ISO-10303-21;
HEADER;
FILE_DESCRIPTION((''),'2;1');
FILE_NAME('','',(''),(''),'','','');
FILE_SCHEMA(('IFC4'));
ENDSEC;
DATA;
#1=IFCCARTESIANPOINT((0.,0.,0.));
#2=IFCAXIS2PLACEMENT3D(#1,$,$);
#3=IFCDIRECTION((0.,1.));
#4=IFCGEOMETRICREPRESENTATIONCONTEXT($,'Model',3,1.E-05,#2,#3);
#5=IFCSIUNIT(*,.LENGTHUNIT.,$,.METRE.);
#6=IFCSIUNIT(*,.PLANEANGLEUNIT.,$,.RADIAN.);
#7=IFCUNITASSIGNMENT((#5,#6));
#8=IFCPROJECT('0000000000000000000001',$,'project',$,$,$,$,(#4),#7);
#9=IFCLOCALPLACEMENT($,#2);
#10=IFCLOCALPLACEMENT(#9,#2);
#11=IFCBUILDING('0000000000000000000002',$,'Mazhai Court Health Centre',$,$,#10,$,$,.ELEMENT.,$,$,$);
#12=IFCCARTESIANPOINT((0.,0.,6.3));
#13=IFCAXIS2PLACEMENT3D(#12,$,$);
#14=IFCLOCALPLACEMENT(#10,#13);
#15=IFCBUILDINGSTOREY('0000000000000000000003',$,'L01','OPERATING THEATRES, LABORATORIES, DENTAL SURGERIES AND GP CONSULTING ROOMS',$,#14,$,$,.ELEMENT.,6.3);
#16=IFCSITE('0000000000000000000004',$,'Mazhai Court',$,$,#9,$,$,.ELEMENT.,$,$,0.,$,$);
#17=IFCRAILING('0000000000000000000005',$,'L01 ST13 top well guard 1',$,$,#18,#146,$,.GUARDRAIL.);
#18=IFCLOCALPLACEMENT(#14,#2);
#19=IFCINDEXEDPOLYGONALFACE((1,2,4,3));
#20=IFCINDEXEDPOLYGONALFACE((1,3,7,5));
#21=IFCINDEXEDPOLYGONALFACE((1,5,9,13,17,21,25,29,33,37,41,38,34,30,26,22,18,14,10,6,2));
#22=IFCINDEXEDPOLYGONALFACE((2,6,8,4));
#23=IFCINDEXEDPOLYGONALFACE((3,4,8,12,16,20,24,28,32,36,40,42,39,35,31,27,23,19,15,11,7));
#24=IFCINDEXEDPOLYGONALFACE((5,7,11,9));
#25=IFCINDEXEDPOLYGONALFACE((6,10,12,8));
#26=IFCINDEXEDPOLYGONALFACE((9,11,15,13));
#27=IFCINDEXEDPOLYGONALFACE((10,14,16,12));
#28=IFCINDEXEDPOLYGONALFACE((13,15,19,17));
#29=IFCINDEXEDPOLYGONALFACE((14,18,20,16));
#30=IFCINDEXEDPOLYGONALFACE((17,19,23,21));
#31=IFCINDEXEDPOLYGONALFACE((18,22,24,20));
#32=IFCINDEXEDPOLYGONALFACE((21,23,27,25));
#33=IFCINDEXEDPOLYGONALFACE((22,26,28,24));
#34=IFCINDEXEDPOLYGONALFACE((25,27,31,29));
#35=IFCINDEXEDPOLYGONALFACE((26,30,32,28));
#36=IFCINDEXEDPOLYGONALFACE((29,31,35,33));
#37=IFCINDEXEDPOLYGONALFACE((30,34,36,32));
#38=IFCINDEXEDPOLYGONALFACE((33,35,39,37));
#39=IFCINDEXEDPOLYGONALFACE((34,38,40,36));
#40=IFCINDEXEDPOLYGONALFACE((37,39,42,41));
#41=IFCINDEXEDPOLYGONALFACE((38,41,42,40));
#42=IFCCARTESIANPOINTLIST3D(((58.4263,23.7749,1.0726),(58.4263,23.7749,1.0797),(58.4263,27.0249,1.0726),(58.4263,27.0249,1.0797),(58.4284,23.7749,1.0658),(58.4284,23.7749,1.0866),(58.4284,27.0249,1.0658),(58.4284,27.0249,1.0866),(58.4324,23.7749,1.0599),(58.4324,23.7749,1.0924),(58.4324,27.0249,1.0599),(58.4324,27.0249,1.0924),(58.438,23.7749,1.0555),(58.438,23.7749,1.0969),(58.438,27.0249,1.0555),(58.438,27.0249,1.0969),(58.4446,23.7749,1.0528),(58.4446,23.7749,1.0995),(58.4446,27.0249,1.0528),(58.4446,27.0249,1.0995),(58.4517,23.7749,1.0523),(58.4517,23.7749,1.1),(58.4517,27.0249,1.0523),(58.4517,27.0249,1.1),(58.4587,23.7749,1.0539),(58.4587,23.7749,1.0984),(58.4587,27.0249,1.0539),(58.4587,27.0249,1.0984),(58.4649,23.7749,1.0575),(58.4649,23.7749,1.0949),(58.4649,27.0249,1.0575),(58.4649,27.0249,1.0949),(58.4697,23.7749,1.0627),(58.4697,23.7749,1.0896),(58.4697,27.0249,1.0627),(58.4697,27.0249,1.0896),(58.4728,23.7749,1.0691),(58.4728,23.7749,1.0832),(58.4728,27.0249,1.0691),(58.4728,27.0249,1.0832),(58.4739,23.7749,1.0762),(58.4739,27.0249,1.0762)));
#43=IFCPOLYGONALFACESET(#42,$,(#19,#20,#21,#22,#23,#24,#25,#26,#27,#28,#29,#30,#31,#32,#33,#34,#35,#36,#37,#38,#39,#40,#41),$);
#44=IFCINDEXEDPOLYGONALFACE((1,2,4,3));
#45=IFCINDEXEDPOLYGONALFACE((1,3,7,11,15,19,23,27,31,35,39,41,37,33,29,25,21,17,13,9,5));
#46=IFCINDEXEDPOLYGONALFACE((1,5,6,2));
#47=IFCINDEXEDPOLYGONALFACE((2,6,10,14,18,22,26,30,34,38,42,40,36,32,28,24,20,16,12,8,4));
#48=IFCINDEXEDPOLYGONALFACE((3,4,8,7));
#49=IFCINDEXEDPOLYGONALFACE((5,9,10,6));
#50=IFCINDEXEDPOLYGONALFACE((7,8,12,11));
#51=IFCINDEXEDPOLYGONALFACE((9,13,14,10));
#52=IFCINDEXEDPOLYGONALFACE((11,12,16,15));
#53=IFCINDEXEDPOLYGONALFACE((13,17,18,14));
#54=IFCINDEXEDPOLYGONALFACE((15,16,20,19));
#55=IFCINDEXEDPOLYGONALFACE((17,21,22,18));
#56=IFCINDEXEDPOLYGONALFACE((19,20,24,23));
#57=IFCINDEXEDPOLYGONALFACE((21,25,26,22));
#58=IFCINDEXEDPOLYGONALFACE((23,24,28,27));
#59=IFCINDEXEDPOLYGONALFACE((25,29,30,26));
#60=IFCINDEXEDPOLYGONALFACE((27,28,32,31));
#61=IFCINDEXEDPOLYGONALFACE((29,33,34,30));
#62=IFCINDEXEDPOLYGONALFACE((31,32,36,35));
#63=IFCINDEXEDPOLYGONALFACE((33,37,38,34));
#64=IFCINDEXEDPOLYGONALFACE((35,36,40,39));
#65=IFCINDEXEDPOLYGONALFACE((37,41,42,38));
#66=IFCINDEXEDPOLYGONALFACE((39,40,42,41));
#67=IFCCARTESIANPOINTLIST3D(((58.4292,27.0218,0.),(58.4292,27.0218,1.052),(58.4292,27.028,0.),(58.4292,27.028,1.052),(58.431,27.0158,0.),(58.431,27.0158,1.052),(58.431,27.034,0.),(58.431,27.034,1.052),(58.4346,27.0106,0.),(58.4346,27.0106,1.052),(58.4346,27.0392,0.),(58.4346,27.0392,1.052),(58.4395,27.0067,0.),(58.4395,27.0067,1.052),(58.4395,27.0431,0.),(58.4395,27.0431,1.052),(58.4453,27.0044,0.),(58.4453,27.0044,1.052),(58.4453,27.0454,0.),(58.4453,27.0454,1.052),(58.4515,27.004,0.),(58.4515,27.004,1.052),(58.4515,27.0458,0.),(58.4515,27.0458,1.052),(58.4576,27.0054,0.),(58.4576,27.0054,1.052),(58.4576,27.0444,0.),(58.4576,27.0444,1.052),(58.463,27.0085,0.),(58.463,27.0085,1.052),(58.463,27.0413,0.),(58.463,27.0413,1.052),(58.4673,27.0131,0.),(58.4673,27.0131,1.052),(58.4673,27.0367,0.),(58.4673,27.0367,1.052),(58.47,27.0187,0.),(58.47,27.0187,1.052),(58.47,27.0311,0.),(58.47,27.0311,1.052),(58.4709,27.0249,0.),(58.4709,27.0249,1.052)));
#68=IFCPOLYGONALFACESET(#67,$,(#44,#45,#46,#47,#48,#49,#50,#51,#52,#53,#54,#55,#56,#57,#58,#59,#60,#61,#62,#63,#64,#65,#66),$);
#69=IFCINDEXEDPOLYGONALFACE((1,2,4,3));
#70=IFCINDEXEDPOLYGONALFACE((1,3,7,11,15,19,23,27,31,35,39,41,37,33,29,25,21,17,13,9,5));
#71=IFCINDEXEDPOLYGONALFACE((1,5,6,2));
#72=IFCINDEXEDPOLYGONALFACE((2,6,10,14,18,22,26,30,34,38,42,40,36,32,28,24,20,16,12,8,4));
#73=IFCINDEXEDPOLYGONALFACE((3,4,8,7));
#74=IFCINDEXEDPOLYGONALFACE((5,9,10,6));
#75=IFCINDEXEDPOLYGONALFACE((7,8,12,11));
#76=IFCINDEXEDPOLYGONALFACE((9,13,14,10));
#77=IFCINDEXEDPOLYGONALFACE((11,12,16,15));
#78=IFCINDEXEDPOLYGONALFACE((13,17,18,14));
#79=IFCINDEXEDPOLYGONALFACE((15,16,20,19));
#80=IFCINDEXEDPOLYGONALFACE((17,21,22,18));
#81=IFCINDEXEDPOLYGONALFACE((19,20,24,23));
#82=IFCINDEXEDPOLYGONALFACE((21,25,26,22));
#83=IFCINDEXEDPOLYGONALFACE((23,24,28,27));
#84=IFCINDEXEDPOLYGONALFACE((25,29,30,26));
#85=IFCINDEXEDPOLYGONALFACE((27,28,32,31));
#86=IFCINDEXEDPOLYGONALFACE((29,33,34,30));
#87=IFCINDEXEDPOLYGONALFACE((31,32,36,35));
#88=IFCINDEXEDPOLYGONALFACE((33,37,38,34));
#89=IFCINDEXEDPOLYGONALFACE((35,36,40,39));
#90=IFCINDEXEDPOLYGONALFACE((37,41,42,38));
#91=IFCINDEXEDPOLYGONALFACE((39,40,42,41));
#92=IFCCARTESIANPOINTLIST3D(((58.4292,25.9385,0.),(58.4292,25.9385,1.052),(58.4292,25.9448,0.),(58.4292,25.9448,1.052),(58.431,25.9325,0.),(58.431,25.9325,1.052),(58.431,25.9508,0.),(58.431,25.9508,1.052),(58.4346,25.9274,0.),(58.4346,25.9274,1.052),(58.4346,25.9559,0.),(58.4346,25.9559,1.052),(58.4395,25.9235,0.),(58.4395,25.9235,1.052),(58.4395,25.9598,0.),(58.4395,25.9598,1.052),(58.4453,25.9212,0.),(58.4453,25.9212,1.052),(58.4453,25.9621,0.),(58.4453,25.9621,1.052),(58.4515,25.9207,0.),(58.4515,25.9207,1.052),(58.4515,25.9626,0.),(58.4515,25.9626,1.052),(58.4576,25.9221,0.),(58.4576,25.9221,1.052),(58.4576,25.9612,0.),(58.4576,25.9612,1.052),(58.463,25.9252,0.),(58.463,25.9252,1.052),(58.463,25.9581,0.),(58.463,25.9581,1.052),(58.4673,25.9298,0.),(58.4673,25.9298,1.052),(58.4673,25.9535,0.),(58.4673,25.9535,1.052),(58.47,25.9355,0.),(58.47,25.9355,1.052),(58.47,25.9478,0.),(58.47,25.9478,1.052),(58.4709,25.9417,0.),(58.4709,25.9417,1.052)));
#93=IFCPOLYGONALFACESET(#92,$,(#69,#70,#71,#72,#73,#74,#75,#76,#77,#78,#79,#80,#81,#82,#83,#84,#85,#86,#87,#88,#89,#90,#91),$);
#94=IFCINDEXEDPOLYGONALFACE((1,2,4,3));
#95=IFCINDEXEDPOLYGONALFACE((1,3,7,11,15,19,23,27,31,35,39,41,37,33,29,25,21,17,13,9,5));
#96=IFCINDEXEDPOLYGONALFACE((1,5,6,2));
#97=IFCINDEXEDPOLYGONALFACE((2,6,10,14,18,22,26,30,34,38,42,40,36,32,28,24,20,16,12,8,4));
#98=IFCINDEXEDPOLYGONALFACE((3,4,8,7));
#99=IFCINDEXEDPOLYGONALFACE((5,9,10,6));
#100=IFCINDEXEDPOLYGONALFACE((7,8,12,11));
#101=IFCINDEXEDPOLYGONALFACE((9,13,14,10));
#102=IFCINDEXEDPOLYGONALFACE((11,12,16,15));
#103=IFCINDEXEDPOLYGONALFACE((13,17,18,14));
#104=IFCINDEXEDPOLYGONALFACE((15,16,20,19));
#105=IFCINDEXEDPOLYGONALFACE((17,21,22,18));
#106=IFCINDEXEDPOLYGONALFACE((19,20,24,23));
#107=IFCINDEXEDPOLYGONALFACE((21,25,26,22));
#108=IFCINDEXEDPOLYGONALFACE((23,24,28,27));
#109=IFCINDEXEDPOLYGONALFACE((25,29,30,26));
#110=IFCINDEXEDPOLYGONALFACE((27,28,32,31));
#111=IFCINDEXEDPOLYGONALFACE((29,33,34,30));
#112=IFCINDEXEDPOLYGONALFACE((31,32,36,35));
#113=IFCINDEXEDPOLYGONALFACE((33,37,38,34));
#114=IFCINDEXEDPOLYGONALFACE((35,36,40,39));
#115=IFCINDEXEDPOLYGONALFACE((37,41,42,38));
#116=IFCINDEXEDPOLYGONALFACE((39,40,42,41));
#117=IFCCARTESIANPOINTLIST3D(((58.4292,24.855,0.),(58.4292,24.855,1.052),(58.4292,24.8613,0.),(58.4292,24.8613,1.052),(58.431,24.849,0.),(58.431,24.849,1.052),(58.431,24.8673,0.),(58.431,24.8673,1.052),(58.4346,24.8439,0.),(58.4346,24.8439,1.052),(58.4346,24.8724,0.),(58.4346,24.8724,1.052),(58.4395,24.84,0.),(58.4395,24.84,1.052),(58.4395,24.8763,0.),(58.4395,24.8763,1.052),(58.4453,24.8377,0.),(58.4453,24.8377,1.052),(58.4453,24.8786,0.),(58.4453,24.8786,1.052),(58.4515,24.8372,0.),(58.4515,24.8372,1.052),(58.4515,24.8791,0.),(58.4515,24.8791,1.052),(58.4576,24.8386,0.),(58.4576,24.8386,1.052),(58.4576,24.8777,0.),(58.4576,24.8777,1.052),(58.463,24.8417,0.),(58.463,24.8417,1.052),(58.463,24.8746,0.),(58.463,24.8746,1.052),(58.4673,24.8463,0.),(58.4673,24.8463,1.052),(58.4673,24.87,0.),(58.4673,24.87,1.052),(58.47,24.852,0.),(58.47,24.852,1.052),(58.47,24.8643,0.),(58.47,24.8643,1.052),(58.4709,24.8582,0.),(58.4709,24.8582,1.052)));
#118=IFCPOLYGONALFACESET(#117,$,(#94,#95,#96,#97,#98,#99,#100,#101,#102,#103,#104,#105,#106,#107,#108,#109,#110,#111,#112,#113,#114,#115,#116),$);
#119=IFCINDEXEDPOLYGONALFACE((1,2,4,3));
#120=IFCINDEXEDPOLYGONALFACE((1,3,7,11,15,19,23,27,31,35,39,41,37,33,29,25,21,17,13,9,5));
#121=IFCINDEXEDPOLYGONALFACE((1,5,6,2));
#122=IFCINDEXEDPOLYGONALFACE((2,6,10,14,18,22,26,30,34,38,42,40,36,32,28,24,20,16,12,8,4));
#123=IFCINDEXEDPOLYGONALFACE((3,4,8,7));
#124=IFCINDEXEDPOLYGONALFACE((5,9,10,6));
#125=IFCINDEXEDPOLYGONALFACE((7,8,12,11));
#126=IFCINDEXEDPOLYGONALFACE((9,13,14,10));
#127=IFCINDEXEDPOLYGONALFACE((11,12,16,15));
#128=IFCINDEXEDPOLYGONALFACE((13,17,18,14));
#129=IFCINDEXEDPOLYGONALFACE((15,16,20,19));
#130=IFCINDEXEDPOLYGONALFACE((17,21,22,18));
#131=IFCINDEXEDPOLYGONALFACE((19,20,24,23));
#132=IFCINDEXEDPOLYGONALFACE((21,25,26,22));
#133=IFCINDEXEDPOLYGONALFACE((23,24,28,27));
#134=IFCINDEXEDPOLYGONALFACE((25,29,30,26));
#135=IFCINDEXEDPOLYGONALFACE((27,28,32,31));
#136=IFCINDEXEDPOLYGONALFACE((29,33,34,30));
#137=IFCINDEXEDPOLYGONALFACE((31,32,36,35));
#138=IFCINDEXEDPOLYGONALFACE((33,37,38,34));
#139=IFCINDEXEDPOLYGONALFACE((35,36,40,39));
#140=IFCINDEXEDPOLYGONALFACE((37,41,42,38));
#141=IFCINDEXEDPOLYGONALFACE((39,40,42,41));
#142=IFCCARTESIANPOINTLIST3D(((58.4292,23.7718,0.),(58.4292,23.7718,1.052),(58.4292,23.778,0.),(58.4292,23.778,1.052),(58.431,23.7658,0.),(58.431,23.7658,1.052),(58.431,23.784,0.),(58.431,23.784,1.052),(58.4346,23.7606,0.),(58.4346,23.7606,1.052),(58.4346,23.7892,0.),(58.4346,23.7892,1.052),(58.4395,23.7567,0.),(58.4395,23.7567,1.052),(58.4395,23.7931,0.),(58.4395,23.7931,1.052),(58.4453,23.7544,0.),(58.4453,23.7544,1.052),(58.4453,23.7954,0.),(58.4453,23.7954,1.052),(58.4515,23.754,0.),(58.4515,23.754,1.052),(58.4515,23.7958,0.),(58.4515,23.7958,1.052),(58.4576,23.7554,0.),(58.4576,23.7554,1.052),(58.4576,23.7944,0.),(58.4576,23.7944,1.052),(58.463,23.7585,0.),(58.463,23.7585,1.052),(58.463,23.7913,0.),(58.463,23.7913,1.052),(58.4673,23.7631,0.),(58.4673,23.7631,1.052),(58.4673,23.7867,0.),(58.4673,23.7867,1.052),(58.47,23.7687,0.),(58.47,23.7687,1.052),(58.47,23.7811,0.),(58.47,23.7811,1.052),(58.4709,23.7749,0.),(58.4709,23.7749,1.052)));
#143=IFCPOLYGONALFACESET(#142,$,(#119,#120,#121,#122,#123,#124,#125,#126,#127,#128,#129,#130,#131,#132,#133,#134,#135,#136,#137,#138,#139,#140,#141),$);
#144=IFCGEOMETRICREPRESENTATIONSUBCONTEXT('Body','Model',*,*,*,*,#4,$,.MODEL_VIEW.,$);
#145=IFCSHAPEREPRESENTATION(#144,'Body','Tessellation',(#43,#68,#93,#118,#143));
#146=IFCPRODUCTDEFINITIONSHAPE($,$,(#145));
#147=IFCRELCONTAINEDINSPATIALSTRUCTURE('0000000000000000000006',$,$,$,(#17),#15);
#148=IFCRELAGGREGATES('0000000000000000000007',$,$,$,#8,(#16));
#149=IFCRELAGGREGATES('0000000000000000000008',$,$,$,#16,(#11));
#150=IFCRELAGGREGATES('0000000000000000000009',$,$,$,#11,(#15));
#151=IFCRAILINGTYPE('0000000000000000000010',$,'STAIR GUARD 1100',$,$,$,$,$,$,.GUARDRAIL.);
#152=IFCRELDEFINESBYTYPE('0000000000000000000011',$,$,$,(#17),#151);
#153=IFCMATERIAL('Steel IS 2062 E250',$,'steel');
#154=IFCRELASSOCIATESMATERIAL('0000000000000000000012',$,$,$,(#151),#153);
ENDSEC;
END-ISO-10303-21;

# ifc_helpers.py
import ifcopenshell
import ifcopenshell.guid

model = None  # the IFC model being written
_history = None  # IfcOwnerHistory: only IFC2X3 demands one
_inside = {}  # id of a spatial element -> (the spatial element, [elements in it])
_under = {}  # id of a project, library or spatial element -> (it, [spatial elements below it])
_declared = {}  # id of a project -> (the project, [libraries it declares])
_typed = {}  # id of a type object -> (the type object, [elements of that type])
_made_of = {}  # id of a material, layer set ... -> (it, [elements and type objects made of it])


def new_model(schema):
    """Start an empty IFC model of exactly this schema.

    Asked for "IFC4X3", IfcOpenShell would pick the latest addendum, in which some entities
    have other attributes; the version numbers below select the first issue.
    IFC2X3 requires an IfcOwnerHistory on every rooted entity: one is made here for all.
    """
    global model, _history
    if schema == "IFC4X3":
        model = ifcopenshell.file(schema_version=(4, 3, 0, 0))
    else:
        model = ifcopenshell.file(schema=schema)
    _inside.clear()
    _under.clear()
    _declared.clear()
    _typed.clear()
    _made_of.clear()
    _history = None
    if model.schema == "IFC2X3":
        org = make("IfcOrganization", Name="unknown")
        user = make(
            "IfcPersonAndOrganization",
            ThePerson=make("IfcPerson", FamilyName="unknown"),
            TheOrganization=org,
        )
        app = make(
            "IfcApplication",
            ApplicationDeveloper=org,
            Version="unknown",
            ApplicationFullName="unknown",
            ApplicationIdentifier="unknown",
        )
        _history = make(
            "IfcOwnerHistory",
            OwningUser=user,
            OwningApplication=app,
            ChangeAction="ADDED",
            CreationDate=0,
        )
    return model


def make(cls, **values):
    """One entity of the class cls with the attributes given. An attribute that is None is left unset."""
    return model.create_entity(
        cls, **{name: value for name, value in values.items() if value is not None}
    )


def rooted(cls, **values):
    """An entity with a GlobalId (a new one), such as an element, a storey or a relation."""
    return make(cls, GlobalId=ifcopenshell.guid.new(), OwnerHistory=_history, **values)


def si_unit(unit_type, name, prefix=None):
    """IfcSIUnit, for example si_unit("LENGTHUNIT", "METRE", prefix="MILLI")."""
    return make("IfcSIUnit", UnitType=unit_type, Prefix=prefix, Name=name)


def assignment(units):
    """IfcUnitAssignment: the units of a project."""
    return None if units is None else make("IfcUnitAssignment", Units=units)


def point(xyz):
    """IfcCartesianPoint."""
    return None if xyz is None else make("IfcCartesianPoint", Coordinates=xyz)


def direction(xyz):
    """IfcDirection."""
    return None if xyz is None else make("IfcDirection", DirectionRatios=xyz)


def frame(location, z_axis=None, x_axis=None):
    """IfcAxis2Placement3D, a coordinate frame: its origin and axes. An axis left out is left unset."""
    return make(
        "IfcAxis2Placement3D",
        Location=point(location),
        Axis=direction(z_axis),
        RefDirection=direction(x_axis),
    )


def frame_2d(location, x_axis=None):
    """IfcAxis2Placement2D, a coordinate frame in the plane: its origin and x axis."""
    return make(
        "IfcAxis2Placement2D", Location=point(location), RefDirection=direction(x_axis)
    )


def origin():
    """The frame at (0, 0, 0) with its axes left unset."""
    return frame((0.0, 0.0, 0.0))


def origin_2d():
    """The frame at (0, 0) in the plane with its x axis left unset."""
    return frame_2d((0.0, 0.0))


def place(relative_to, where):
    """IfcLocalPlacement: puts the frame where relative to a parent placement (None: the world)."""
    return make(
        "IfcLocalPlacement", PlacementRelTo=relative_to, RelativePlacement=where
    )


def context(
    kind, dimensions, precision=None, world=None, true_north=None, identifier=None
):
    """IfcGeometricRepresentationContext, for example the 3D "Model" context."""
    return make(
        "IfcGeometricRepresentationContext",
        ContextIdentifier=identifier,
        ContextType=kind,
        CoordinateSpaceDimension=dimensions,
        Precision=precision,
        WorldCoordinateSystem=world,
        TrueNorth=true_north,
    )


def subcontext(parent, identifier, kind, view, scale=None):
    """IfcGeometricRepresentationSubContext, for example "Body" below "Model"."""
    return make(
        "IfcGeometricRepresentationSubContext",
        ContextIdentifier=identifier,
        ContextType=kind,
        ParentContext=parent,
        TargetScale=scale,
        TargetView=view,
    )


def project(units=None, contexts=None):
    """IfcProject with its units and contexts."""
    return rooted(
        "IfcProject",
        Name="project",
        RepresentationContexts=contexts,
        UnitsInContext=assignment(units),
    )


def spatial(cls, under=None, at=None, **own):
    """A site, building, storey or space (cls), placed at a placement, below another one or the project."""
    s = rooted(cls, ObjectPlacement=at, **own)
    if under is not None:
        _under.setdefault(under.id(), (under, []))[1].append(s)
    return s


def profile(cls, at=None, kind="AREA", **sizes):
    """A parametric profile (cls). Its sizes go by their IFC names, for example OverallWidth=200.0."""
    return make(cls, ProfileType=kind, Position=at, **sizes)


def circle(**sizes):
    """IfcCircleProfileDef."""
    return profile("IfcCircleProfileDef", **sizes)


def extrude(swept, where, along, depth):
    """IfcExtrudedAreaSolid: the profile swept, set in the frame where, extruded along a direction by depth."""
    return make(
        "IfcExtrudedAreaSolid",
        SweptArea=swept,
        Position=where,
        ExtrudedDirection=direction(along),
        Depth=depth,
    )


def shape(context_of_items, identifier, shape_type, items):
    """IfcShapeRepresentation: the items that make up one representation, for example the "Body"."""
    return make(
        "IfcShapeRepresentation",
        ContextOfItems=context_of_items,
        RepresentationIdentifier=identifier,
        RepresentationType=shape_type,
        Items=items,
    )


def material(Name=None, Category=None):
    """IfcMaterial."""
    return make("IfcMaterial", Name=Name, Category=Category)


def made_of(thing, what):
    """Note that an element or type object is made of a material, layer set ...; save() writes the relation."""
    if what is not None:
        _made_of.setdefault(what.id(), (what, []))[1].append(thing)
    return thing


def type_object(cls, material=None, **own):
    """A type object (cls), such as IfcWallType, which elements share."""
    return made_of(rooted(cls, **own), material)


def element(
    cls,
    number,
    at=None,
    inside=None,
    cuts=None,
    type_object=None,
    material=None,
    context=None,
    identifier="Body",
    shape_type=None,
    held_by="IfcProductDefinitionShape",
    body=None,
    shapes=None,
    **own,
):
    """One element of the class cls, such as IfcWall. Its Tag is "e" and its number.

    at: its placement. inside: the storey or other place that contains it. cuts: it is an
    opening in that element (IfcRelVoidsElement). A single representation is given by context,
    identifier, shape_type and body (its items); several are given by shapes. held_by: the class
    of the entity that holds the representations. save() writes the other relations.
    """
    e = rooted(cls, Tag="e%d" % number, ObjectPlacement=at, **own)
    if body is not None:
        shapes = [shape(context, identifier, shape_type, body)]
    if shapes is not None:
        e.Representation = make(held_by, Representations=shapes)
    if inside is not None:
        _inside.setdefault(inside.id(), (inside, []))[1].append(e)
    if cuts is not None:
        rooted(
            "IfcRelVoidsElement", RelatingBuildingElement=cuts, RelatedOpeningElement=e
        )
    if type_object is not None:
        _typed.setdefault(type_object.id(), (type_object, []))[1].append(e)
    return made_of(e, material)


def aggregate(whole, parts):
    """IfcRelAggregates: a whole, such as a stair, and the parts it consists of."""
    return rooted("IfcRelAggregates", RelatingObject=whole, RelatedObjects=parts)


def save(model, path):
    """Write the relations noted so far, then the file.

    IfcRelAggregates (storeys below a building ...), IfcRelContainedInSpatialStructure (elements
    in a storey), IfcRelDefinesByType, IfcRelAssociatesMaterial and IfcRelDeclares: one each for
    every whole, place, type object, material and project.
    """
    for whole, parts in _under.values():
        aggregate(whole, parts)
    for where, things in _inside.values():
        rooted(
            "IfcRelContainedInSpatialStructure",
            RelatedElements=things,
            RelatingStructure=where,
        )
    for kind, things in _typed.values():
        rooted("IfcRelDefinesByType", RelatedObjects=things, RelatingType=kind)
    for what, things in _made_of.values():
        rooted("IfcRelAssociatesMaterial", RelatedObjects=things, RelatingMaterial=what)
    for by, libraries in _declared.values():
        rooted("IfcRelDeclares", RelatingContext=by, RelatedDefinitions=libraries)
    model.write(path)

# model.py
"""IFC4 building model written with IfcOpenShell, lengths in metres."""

from ifc_helpers import new_model, si_unit, direction, frame, origin, origin_2d, place, context, subcontext, project, spatial, circle, extrude, material, type_object, element, save


model = new_model("IFC4")

# Units and contexts
model_context = context("Model", 3, precision=1e-05, world=origin(), true_north=direction((0.0, 1.0)))
body_context = subcontext(model_context, "Body", "Model", "MODEL_VIEW")
ifc_project = project(units=[si_unit("LENGTHUNIT", "METRE"), si_unit("PLANEANGLEUNIT", "RADIAN")], contexts=[model_context])

# Site, building, storey
site_placement = place(None, origin())
site = spatial("IfcSite", under=ifc_project, at=site_placement, Name="Mazhai Court", CompositionType="ELEMENT", RefElevation=0.0)
building_placement = place(site_placement, origin())
building = spatial("IfcBuilding", under=site, at=building_placement, Name="Mazhai Court Health Centre", CompositionType="ELEMENT")
storey_placement = place(building_placement, frame((0.0, 0.0, 6.3)))
storey = spatial("IfcBuildingStorey", under=building, at=storey_placement, Name="L01", Description="OPERATING THEATRES, LABORATORIES, DENTAL SURGERIES AND GP CONSULTING ROOMS", CompositionType="ELEMENT", Elevation=6.3)

# Railing
ifc_material_1 = material(Name="Steel IS 2062 E250", Category="steel")
railing_type_1 = type_object("IfcRailingType", Name="STAIR GUARD 1100", PredefinedType="GUARDRAIL", material=ifc_material_1)
railing_1_placement = place(storey_placement, frame((58.45, 27.0249, 0.0)))
element("IfcRailing", 1, at=railing_1_placement, inside=storey, type_object=railing_type_1, Name="L01 ST13 top well guard 1", PredefinedType="GUARDRAIL", context=body_context, shape_type="SweptSolid", body=[
    extrude(circle(Radius=0.0239, at=origin_2d()), frame((0.0, 0.0, 1.0762), z_axis=(0.0, -1.0, 0.0), x_axis=(1.0, 0.0, 0.0)), (0.0, 0.0, 1.0), 3.25),
    extrude(circle(Radius=0.021, at=origin_2d()), origin(), (0.0, 0.0, 1.0), 1.052),
    extrude(circle(Radius=0.021, at=origin_2d()), frame((0.0, -1.0833, 0.0)), (0.0, 0.0, 1.0), 1.052),
    extrude(circle(Radius=0.021, at=origin_2d()), frame((0.0, -2.1667, 0.0)), (0.0, 0.0, 1.0), 1.052),
    extrude(circle(Radius=0.021, at=origin_2d()), frame((0.0, -3.25, 0.0)), (0.0, 0.0, 1.0), 1.052),
])

save(model, "model.ifc")
